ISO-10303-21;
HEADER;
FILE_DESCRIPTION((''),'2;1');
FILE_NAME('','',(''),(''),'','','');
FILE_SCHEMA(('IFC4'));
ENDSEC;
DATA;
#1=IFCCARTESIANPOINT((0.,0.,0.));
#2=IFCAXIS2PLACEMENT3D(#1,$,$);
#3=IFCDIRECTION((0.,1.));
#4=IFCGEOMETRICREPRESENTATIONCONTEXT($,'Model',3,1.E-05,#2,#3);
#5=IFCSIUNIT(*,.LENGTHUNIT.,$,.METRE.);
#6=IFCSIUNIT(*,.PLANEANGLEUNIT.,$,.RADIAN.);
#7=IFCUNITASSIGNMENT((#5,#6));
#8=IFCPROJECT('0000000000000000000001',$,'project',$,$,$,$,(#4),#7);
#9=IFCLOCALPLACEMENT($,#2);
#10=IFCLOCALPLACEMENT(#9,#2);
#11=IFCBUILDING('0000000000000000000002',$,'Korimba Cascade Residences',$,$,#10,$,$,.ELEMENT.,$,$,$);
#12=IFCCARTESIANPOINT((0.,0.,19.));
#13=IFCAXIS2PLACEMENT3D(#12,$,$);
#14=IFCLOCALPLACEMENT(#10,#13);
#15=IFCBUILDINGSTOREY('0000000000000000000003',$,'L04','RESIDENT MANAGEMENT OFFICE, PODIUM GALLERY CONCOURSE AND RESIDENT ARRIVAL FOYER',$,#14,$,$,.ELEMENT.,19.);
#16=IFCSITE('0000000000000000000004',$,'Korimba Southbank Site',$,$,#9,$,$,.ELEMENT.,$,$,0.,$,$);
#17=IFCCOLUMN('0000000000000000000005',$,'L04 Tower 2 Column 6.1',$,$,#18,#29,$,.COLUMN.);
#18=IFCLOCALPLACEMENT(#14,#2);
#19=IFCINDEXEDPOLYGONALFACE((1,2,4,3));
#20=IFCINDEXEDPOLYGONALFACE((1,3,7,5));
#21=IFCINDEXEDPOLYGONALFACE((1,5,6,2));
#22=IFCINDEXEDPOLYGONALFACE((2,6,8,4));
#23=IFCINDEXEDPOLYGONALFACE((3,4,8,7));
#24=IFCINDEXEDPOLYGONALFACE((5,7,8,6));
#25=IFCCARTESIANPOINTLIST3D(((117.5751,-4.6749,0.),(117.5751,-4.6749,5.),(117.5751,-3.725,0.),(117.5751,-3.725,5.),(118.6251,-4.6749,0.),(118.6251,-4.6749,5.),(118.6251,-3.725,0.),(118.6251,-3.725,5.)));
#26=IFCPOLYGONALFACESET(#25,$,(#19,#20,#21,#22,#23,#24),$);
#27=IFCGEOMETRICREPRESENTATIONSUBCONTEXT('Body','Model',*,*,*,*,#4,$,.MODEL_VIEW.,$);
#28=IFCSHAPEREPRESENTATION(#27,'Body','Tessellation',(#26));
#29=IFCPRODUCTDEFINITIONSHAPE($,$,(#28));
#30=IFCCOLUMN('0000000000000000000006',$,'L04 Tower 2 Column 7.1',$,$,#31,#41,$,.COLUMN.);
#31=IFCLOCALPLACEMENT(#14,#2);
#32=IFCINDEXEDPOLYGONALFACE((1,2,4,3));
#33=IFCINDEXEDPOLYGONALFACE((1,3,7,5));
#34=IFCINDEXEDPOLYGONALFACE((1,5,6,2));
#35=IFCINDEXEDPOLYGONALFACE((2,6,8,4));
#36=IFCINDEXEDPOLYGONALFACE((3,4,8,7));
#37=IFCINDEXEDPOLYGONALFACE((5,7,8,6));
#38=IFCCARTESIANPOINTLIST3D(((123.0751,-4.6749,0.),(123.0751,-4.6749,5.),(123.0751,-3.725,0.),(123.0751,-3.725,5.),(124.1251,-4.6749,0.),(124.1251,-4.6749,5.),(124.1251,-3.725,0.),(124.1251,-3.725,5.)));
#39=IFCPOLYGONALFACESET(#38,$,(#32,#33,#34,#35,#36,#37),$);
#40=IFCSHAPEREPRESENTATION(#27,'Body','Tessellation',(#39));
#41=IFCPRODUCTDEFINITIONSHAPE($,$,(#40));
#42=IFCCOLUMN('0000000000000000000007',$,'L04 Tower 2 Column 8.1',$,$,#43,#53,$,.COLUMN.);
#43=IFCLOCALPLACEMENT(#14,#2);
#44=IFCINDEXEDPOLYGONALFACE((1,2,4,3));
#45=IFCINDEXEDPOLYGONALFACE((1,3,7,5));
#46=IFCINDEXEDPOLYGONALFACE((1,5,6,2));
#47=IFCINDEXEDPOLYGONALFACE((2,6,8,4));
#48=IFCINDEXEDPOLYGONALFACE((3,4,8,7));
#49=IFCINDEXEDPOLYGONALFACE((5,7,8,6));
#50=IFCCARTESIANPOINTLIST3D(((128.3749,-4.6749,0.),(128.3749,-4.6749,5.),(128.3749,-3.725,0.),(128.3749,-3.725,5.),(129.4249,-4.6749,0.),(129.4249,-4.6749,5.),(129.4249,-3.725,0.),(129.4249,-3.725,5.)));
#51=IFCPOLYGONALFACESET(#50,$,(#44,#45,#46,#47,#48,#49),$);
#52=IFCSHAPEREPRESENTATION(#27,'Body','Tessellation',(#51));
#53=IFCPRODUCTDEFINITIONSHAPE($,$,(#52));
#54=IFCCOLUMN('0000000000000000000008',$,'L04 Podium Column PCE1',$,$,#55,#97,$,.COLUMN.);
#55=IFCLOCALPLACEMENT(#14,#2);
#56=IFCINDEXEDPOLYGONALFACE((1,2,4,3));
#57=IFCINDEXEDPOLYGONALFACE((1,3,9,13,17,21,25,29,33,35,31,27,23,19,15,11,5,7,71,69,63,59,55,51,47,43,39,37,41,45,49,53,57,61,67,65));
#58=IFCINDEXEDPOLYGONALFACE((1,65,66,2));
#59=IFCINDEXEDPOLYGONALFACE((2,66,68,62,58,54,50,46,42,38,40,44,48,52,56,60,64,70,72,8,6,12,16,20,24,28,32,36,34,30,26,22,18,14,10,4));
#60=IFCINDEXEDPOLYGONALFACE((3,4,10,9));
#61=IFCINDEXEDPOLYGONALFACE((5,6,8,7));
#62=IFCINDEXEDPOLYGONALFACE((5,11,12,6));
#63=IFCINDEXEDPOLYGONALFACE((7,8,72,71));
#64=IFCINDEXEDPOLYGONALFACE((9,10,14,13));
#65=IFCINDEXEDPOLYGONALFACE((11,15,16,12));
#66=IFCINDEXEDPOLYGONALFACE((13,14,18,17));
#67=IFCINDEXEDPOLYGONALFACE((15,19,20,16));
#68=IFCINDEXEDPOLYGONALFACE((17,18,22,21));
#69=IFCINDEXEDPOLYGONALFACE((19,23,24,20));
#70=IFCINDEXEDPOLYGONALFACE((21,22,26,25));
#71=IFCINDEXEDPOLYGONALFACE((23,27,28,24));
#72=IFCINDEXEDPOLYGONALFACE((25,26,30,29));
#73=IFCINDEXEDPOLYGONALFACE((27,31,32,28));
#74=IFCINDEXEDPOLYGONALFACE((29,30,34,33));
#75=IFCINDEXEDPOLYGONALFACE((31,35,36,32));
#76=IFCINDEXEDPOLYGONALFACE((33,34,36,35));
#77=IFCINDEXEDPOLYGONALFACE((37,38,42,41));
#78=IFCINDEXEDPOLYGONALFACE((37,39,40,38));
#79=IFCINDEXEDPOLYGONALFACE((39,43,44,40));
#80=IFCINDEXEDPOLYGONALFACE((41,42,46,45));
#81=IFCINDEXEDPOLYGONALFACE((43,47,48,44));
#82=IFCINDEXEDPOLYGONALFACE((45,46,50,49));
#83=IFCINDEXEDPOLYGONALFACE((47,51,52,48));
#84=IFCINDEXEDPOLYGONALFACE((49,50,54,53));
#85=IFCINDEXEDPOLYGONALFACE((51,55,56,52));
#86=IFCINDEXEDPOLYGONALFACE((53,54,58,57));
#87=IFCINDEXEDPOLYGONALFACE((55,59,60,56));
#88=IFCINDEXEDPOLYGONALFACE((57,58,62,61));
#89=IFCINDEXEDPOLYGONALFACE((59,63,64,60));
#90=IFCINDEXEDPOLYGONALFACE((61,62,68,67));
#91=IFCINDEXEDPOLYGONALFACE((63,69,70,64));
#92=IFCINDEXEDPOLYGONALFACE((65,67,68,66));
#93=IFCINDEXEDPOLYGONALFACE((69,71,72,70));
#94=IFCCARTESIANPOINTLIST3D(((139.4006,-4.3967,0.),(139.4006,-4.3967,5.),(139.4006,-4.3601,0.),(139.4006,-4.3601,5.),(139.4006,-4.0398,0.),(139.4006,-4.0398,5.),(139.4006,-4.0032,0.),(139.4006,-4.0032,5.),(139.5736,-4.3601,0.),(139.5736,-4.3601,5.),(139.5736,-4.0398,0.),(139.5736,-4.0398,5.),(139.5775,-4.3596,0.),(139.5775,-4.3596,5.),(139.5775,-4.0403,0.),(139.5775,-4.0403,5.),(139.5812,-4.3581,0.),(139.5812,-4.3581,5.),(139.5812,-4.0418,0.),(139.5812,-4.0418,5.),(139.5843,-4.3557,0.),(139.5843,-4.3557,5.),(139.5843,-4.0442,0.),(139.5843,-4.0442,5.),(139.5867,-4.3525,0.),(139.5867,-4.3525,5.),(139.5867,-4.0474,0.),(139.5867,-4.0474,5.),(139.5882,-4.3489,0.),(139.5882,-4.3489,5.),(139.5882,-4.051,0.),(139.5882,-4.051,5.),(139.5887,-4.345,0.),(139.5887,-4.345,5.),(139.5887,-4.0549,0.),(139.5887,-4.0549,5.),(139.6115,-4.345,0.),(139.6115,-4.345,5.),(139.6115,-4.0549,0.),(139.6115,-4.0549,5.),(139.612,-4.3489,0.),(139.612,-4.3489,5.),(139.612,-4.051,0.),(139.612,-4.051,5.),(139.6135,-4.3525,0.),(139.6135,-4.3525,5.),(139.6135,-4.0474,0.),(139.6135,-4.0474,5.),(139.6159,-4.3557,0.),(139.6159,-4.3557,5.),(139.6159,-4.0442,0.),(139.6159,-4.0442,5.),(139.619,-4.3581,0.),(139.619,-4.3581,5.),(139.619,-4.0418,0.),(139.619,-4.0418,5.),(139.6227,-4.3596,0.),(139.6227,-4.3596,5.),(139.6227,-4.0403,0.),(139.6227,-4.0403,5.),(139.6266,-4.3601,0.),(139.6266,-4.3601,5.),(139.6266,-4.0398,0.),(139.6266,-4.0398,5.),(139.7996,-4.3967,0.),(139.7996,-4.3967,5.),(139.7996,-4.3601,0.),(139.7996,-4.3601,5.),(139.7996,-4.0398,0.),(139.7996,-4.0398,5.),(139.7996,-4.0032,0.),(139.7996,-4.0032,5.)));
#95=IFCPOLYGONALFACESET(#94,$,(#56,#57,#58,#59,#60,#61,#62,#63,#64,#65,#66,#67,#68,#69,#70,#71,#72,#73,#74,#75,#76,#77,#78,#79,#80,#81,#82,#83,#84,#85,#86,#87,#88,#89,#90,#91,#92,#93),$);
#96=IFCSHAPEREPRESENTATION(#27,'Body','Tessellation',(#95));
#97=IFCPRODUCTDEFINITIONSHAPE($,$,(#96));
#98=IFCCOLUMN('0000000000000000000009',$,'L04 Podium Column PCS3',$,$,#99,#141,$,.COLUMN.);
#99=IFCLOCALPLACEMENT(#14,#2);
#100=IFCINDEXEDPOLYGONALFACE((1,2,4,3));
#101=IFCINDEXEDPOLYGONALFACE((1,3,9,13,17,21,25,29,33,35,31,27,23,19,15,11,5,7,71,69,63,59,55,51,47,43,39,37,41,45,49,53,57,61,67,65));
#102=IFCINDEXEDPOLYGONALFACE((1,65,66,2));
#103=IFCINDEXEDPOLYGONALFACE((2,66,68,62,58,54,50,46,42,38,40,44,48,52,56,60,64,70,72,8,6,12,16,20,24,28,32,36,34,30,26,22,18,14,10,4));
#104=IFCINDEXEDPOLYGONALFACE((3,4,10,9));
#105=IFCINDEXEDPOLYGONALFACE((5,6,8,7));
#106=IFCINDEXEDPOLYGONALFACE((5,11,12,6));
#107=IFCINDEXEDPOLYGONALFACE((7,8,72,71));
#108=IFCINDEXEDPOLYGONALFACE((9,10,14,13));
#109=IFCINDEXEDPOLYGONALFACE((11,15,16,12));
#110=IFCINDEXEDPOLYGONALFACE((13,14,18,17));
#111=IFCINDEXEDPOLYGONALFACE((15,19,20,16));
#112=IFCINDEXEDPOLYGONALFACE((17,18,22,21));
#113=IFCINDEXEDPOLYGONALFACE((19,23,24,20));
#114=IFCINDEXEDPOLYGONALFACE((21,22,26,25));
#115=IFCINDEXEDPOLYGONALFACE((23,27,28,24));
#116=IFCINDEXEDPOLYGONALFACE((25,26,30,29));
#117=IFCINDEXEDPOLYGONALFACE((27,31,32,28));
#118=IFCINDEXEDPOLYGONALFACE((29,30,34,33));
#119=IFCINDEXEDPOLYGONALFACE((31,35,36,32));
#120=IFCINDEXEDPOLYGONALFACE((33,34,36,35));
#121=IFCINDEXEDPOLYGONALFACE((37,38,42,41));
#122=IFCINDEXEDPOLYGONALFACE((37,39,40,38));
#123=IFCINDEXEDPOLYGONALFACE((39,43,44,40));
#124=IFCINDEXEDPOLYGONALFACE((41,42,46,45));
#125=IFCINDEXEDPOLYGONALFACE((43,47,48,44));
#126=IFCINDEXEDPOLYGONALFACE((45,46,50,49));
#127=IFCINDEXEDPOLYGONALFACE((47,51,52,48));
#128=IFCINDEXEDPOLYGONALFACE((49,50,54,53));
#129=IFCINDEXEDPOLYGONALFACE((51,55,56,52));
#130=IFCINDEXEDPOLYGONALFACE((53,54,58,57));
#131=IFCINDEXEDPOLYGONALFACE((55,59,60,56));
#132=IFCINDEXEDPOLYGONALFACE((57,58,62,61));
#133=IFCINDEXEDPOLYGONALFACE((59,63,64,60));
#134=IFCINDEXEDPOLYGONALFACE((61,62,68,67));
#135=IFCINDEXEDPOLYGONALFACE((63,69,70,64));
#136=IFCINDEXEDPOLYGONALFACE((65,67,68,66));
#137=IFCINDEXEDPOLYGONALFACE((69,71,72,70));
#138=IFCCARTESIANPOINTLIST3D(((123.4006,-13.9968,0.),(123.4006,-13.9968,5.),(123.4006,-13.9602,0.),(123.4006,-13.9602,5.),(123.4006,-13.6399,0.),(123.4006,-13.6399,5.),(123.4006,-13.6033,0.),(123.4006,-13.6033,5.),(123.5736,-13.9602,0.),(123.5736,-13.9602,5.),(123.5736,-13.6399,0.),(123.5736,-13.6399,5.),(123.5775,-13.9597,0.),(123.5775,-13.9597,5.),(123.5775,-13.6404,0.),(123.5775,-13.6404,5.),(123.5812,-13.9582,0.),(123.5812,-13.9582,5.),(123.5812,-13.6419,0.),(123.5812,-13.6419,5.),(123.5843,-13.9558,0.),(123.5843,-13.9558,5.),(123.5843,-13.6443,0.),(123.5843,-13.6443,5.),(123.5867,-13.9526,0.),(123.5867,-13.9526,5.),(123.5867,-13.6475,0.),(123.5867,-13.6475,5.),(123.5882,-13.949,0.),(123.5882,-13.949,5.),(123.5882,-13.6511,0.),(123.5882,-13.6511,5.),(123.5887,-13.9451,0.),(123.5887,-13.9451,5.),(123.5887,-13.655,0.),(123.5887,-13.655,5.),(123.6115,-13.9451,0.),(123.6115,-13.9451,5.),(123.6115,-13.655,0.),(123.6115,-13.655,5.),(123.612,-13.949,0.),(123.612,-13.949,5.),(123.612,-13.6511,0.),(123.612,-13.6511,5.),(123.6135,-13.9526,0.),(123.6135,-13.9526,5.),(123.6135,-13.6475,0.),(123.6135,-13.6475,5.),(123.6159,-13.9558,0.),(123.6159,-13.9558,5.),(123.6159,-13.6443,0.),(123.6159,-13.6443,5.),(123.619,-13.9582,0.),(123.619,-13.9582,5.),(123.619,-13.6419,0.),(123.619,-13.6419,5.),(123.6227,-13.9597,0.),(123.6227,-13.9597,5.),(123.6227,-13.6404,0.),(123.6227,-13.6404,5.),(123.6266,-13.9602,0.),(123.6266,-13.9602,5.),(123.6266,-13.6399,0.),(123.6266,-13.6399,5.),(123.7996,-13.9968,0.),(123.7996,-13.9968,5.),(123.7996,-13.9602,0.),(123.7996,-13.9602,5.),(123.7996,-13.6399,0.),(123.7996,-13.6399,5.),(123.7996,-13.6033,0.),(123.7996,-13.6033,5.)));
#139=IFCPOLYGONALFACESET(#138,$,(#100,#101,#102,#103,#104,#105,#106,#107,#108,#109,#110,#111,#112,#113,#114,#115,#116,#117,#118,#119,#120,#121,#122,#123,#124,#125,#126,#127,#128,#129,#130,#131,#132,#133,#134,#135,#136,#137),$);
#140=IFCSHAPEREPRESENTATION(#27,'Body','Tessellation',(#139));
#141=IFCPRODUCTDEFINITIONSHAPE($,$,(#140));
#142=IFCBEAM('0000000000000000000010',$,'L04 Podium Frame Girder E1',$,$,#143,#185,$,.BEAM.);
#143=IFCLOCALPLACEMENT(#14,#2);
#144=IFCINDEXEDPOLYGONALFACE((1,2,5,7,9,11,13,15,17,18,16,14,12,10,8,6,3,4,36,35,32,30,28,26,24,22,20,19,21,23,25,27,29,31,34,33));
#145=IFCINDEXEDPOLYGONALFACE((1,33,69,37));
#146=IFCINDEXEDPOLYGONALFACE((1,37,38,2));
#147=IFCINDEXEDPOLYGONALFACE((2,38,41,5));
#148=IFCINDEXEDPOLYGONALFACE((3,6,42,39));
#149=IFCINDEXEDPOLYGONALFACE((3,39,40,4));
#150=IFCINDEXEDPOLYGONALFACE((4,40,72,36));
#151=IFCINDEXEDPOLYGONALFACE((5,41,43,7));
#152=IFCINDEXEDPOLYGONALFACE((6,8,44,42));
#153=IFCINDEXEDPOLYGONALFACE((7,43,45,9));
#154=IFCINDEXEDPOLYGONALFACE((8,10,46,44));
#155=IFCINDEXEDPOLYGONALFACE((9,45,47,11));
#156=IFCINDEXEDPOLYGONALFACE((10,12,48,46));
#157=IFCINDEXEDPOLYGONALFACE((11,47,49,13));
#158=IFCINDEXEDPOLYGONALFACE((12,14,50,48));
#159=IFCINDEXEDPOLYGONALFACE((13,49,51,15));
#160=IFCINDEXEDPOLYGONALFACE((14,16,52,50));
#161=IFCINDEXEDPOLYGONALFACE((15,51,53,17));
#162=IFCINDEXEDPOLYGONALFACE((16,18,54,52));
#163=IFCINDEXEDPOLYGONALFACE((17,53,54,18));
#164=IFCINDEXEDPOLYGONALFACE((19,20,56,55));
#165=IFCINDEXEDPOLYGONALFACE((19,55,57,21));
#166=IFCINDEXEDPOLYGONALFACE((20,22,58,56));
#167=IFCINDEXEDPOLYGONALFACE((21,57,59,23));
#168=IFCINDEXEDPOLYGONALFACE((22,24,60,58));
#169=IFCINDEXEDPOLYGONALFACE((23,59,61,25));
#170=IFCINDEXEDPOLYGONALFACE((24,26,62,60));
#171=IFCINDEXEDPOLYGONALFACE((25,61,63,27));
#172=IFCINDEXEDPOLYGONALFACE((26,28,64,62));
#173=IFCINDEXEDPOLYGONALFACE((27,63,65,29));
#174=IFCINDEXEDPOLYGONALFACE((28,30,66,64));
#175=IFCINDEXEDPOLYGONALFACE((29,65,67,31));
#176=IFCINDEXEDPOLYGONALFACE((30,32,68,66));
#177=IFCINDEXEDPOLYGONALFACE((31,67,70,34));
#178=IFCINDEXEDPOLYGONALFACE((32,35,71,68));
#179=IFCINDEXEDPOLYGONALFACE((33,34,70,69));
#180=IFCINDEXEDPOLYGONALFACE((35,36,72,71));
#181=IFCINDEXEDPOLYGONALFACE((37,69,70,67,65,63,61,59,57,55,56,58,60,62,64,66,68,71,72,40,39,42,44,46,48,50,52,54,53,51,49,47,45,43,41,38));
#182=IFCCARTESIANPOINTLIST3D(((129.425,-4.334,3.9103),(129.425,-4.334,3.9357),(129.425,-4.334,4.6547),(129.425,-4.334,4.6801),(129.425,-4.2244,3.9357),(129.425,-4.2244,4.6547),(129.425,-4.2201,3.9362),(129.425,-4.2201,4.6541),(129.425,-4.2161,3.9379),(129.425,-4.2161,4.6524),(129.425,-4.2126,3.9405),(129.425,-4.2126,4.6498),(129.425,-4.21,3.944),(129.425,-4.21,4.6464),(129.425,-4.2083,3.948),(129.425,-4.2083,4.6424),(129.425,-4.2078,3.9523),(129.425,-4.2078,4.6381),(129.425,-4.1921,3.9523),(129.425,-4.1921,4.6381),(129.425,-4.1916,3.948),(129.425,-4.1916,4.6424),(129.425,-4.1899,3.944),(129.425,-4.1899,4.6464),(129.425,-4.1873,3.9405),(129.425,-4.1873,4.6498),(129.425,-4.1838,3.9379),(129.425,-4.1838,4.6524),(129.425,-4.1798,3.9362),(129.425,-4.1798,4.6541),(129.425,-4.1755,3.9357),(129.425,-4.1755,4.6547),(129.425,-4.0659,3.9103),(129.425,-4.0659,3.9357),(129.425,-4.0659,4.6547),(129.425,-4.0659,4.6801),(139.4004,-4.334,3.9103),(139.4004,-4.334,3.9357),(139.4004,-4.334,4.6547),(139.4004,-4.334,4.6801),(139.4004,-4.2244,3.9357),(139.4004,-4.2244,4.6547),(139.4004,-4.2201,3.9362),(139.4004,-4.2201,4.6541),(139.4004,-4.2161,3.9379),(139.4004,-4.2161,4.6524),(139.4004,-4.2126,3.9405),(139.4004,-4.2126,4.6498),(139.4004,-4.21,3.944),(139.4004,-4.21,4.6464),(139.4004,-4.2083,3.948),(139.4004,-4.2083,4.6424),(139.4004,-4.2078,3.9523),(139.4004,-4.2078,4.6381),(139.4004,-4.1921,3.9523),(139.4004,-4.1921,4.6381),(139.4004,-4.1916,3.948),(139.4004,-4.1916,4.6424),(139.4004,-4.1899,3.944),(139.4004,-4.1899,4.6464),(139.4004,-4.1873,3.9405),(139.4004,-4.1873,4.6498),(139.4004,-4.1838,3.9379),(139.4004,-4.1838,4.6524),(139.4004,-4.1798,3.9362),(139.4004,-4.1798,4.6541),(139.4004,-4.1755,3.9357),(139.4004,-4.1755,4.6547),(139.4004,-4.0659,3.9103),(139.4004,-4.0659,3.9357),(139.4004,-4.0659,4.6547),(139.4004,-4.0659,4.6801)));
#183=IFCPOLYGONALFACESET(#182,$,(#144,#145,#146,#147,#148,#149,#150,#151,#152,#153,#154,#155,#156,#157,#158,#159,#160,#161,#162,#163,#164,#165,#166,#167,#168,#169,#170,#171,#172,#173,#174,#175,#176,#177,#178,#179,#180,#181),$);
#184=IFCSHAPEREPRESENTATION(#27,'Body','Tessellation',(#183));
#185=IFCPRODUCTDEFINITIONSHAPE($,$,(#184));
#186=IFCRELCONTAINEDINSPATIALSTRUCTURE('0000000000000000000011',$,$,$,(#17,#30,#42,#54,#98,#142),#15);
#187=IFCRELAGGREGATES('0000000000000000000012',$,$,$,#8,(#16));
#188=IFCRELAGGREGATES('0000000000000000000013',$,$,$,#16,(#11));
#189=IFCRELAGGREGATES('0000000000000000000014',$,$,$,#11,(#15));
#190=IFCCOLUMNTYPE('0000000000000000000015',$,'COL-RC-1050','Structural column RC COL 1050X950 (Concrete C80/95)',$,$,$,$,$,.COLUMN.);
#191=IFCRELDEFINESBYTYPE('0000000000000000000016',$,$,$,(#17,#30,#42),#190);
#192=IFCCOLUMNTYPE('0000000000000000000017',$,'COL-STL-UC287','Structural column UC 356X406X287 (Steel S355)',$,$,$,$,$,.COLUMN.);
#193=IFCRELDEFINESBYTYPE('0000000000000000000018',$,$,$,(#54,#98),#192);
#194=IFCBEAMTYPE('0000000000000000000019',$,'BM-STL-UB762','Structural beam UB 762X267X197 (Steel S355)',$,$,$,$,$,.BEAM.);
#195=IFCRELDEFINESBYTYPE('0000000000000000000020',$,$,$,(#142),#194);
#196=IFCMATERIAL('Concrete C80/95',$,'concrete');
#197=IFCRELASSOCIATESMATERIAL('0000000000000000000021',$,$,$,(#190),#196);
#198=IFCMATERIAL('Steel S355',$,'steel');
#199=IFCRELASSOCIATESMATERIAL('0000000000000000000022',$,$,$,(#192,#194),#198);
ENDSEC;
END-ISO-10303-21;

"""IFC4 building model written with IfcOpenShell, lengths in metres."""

from ifc_helpers import new_model, si_unit, direction, frame, origin, origin_2d, place, context, subcontext, project, spatial, rectangle, i_section, extrude, material, material_profile, profile_set, type_object, element, save


model = new_model("IFC4")

# Units and contexts
model_context = context("Model", 3, precision=1e-05, world=origin(), true_north=direction((0.0, 1.0)))
body_context = subcontext(model_context, "Body", "Model", "MODEL_VIEW")
ifc_project = project(units=[si_unit("LENGTHUNIT", "METRE"), si_unit("PLANEANGLEUNIT", "RADIAN")], contexts=[model_context])

# Site, building, storey
site_placement = place(None, origin())
site = spatial("IfcSite", under=ifc_project, at=site_placement, Name="Korimba Southbank Site", CompositionType="ELEMENT", RefElevation=0.0)
building_placement = place(site_placement, origin())
building = spatial("IfcBuilding", under=site, at=building_placement, Name="Korimba Cascade Residences", CompositionType="ELEMENT")
storey_placement = place(building_placement, frame((0.0, 0.0, 19.0)))
storey = spatial("IfcBuildingStorey", under=building, at=storey_placement, Name="L04", Description="RESIDENT MANAGEMENT OFFICE, PODIUM GALLERY CONCOURSE AND RESIDENT ARRIVAL FOYER", CompositionType="ELEMENT", Elevation=19.0)

# Columns
ifc_material_1 = material(Name="Concrete C80/95", Category="concrete")
ifc_material_profile_1 = material_profile(ifc_material_1, rectangle(XDim=1.05, YDim=0.95, at=origin_2d()), Name="Concrete C80/95")
ifc_profile_set_1 = profile_set([ifc_material_profile_1], Name="Concrete C80/95")
column_type_1 = type_object("IfcColumnType", Name="COL-RC-1050", Description="Structural column RC COL 1050X950 (Concrete C80/95)", PredefinedType="COLUMN", material=ifc_profile_set_1)
for number, where, z_axis, x_axis, name in (
    (1, (118.1001, -4.2, 0.0), (0.0, 0.0, 1.0), (1.0, 0.0, 0.0), "L04 Tower 2 Column 6.1"),
    (2, (123.6001, -4.2, 0.0), (0.0, 0.0, 1.0), (1.0, 0.0, 0.0), "L04 Tower 2 Column 7.1"),
    (3, (128.8999, -4.2, 0.0), (0.0, 0.0, 1.0), (1.0, 0.0, 0.0), "L04 Tower 2 Column 8.1"),
):
    element("IfcColumn", number, at=place(storey_placement, frame(where, z_axis=z_axis, x_axis=x_axis)), inside=storey, type_object=column_type_1, Name=name, PredefinedType="COLUMN", context=body_context, shape_type="SweptSolid", body=[
        extrude(rectangle(XDim=1.05, YDim=0.95, at=origin_2d()), origin(), (0.0, 0.0, 1.0), 5.0),
    ])
ifc_material_2 = material(Name="Steel S355", Category="steel")
ifc_material_profile_2 = material_profile(ifc_material_2, i_section(OverallWidth=0.3989, OverallDepth=0.3936, WebThickness=0.0227, FlangeThickness=0.0366, FilletRadius=0.0151, at=origin_2d()), Name="Steel S355")
ifc_profile_set_2 = profile_set([ifc_material_profile_2], Name="Steel S355")
column_type_2 = type_object("IfcColumnType", Name="COL-STL-UC287", Description="Structural column UC 356X406X287 (Steel S355)", PredefinedType="COLUMN", material=ifc_profile_set_2)
for number, where, z_axis, x_axis, name in (
    (4, (139.6001, -4.2, 0.0), (0.0, 0.0, 1.0), (1.0, 0.0, 0.0), "L04 Podium Column PCE1"),
    (5, (123.6001, -13.8, 0.0), (0.0, 0.0, 1.0), (1.0, 0.0, 0.0), "L04 Podium Column PCS3"),
):
    element("IfcColumn", number, at=place(storey_placement, frame(where, z_axis=z_axis, x_axis=x_axis)), inside=storey, type_object=column_type_2, Name=name, PredefinedType="COLUMN", context=body_context, shape_type="SweptSolid", body=[
        extrude(i_section(OverallWidth=0.3989, OverallDepth=0.3936, WebThickness=0.0227, FlangeThickness=0.0366, FilletRadius=0.0151, at=origin_2d()), origin(), (0.0, 0.0, 1.0), 5.0),
    ])

# Beam
ifc_material_profile_3 = material_profile(ifc_material_2, i_section(OverallWidth=0.2681, OverallDepth=0.7698, WebThickness=0.0156, FlangeThickness=0.0254, FilletRadius=0.0166, at=origin_2d()), Name="Steel S355")
ifc_profile_set_3 = profile_set([ifc_material_profile_3], Name="Steel S355")
beam_type_1 = type_object("IfcBeamType", Name="BM-STL-UB762", Description="Structural beam UB 762X267X197 (Steel S355)", PredefinedType="BEAM", material=ifc_profile_set_3)
beam_1_placement = place(storey_placement, frame((129.425, -4.2, 4.2952), z_axis=(1.0, 0.0, 0.0), x_axis=(0.0, 1.0, 0.0)))
element("IfcBeam", 6, at=beam_1_placement, inside=storey, type_object=beam_type_1, Name="L04 Podium Frame Girder E1", PredefinedType="BEAM", context=body_context, shape_type="SweptSolid", body=[
    extrude(i_section(OverallWidth=0.2681, OverallDepth=0.7698, WebThickness=0.0156, FlangeThickness=0.0254, FilletRadius=0.0166, at=origin_2d()), origin(), (0.0, 0.0, 1.0), 9.9753),
])

save(model, "model.ifc")
